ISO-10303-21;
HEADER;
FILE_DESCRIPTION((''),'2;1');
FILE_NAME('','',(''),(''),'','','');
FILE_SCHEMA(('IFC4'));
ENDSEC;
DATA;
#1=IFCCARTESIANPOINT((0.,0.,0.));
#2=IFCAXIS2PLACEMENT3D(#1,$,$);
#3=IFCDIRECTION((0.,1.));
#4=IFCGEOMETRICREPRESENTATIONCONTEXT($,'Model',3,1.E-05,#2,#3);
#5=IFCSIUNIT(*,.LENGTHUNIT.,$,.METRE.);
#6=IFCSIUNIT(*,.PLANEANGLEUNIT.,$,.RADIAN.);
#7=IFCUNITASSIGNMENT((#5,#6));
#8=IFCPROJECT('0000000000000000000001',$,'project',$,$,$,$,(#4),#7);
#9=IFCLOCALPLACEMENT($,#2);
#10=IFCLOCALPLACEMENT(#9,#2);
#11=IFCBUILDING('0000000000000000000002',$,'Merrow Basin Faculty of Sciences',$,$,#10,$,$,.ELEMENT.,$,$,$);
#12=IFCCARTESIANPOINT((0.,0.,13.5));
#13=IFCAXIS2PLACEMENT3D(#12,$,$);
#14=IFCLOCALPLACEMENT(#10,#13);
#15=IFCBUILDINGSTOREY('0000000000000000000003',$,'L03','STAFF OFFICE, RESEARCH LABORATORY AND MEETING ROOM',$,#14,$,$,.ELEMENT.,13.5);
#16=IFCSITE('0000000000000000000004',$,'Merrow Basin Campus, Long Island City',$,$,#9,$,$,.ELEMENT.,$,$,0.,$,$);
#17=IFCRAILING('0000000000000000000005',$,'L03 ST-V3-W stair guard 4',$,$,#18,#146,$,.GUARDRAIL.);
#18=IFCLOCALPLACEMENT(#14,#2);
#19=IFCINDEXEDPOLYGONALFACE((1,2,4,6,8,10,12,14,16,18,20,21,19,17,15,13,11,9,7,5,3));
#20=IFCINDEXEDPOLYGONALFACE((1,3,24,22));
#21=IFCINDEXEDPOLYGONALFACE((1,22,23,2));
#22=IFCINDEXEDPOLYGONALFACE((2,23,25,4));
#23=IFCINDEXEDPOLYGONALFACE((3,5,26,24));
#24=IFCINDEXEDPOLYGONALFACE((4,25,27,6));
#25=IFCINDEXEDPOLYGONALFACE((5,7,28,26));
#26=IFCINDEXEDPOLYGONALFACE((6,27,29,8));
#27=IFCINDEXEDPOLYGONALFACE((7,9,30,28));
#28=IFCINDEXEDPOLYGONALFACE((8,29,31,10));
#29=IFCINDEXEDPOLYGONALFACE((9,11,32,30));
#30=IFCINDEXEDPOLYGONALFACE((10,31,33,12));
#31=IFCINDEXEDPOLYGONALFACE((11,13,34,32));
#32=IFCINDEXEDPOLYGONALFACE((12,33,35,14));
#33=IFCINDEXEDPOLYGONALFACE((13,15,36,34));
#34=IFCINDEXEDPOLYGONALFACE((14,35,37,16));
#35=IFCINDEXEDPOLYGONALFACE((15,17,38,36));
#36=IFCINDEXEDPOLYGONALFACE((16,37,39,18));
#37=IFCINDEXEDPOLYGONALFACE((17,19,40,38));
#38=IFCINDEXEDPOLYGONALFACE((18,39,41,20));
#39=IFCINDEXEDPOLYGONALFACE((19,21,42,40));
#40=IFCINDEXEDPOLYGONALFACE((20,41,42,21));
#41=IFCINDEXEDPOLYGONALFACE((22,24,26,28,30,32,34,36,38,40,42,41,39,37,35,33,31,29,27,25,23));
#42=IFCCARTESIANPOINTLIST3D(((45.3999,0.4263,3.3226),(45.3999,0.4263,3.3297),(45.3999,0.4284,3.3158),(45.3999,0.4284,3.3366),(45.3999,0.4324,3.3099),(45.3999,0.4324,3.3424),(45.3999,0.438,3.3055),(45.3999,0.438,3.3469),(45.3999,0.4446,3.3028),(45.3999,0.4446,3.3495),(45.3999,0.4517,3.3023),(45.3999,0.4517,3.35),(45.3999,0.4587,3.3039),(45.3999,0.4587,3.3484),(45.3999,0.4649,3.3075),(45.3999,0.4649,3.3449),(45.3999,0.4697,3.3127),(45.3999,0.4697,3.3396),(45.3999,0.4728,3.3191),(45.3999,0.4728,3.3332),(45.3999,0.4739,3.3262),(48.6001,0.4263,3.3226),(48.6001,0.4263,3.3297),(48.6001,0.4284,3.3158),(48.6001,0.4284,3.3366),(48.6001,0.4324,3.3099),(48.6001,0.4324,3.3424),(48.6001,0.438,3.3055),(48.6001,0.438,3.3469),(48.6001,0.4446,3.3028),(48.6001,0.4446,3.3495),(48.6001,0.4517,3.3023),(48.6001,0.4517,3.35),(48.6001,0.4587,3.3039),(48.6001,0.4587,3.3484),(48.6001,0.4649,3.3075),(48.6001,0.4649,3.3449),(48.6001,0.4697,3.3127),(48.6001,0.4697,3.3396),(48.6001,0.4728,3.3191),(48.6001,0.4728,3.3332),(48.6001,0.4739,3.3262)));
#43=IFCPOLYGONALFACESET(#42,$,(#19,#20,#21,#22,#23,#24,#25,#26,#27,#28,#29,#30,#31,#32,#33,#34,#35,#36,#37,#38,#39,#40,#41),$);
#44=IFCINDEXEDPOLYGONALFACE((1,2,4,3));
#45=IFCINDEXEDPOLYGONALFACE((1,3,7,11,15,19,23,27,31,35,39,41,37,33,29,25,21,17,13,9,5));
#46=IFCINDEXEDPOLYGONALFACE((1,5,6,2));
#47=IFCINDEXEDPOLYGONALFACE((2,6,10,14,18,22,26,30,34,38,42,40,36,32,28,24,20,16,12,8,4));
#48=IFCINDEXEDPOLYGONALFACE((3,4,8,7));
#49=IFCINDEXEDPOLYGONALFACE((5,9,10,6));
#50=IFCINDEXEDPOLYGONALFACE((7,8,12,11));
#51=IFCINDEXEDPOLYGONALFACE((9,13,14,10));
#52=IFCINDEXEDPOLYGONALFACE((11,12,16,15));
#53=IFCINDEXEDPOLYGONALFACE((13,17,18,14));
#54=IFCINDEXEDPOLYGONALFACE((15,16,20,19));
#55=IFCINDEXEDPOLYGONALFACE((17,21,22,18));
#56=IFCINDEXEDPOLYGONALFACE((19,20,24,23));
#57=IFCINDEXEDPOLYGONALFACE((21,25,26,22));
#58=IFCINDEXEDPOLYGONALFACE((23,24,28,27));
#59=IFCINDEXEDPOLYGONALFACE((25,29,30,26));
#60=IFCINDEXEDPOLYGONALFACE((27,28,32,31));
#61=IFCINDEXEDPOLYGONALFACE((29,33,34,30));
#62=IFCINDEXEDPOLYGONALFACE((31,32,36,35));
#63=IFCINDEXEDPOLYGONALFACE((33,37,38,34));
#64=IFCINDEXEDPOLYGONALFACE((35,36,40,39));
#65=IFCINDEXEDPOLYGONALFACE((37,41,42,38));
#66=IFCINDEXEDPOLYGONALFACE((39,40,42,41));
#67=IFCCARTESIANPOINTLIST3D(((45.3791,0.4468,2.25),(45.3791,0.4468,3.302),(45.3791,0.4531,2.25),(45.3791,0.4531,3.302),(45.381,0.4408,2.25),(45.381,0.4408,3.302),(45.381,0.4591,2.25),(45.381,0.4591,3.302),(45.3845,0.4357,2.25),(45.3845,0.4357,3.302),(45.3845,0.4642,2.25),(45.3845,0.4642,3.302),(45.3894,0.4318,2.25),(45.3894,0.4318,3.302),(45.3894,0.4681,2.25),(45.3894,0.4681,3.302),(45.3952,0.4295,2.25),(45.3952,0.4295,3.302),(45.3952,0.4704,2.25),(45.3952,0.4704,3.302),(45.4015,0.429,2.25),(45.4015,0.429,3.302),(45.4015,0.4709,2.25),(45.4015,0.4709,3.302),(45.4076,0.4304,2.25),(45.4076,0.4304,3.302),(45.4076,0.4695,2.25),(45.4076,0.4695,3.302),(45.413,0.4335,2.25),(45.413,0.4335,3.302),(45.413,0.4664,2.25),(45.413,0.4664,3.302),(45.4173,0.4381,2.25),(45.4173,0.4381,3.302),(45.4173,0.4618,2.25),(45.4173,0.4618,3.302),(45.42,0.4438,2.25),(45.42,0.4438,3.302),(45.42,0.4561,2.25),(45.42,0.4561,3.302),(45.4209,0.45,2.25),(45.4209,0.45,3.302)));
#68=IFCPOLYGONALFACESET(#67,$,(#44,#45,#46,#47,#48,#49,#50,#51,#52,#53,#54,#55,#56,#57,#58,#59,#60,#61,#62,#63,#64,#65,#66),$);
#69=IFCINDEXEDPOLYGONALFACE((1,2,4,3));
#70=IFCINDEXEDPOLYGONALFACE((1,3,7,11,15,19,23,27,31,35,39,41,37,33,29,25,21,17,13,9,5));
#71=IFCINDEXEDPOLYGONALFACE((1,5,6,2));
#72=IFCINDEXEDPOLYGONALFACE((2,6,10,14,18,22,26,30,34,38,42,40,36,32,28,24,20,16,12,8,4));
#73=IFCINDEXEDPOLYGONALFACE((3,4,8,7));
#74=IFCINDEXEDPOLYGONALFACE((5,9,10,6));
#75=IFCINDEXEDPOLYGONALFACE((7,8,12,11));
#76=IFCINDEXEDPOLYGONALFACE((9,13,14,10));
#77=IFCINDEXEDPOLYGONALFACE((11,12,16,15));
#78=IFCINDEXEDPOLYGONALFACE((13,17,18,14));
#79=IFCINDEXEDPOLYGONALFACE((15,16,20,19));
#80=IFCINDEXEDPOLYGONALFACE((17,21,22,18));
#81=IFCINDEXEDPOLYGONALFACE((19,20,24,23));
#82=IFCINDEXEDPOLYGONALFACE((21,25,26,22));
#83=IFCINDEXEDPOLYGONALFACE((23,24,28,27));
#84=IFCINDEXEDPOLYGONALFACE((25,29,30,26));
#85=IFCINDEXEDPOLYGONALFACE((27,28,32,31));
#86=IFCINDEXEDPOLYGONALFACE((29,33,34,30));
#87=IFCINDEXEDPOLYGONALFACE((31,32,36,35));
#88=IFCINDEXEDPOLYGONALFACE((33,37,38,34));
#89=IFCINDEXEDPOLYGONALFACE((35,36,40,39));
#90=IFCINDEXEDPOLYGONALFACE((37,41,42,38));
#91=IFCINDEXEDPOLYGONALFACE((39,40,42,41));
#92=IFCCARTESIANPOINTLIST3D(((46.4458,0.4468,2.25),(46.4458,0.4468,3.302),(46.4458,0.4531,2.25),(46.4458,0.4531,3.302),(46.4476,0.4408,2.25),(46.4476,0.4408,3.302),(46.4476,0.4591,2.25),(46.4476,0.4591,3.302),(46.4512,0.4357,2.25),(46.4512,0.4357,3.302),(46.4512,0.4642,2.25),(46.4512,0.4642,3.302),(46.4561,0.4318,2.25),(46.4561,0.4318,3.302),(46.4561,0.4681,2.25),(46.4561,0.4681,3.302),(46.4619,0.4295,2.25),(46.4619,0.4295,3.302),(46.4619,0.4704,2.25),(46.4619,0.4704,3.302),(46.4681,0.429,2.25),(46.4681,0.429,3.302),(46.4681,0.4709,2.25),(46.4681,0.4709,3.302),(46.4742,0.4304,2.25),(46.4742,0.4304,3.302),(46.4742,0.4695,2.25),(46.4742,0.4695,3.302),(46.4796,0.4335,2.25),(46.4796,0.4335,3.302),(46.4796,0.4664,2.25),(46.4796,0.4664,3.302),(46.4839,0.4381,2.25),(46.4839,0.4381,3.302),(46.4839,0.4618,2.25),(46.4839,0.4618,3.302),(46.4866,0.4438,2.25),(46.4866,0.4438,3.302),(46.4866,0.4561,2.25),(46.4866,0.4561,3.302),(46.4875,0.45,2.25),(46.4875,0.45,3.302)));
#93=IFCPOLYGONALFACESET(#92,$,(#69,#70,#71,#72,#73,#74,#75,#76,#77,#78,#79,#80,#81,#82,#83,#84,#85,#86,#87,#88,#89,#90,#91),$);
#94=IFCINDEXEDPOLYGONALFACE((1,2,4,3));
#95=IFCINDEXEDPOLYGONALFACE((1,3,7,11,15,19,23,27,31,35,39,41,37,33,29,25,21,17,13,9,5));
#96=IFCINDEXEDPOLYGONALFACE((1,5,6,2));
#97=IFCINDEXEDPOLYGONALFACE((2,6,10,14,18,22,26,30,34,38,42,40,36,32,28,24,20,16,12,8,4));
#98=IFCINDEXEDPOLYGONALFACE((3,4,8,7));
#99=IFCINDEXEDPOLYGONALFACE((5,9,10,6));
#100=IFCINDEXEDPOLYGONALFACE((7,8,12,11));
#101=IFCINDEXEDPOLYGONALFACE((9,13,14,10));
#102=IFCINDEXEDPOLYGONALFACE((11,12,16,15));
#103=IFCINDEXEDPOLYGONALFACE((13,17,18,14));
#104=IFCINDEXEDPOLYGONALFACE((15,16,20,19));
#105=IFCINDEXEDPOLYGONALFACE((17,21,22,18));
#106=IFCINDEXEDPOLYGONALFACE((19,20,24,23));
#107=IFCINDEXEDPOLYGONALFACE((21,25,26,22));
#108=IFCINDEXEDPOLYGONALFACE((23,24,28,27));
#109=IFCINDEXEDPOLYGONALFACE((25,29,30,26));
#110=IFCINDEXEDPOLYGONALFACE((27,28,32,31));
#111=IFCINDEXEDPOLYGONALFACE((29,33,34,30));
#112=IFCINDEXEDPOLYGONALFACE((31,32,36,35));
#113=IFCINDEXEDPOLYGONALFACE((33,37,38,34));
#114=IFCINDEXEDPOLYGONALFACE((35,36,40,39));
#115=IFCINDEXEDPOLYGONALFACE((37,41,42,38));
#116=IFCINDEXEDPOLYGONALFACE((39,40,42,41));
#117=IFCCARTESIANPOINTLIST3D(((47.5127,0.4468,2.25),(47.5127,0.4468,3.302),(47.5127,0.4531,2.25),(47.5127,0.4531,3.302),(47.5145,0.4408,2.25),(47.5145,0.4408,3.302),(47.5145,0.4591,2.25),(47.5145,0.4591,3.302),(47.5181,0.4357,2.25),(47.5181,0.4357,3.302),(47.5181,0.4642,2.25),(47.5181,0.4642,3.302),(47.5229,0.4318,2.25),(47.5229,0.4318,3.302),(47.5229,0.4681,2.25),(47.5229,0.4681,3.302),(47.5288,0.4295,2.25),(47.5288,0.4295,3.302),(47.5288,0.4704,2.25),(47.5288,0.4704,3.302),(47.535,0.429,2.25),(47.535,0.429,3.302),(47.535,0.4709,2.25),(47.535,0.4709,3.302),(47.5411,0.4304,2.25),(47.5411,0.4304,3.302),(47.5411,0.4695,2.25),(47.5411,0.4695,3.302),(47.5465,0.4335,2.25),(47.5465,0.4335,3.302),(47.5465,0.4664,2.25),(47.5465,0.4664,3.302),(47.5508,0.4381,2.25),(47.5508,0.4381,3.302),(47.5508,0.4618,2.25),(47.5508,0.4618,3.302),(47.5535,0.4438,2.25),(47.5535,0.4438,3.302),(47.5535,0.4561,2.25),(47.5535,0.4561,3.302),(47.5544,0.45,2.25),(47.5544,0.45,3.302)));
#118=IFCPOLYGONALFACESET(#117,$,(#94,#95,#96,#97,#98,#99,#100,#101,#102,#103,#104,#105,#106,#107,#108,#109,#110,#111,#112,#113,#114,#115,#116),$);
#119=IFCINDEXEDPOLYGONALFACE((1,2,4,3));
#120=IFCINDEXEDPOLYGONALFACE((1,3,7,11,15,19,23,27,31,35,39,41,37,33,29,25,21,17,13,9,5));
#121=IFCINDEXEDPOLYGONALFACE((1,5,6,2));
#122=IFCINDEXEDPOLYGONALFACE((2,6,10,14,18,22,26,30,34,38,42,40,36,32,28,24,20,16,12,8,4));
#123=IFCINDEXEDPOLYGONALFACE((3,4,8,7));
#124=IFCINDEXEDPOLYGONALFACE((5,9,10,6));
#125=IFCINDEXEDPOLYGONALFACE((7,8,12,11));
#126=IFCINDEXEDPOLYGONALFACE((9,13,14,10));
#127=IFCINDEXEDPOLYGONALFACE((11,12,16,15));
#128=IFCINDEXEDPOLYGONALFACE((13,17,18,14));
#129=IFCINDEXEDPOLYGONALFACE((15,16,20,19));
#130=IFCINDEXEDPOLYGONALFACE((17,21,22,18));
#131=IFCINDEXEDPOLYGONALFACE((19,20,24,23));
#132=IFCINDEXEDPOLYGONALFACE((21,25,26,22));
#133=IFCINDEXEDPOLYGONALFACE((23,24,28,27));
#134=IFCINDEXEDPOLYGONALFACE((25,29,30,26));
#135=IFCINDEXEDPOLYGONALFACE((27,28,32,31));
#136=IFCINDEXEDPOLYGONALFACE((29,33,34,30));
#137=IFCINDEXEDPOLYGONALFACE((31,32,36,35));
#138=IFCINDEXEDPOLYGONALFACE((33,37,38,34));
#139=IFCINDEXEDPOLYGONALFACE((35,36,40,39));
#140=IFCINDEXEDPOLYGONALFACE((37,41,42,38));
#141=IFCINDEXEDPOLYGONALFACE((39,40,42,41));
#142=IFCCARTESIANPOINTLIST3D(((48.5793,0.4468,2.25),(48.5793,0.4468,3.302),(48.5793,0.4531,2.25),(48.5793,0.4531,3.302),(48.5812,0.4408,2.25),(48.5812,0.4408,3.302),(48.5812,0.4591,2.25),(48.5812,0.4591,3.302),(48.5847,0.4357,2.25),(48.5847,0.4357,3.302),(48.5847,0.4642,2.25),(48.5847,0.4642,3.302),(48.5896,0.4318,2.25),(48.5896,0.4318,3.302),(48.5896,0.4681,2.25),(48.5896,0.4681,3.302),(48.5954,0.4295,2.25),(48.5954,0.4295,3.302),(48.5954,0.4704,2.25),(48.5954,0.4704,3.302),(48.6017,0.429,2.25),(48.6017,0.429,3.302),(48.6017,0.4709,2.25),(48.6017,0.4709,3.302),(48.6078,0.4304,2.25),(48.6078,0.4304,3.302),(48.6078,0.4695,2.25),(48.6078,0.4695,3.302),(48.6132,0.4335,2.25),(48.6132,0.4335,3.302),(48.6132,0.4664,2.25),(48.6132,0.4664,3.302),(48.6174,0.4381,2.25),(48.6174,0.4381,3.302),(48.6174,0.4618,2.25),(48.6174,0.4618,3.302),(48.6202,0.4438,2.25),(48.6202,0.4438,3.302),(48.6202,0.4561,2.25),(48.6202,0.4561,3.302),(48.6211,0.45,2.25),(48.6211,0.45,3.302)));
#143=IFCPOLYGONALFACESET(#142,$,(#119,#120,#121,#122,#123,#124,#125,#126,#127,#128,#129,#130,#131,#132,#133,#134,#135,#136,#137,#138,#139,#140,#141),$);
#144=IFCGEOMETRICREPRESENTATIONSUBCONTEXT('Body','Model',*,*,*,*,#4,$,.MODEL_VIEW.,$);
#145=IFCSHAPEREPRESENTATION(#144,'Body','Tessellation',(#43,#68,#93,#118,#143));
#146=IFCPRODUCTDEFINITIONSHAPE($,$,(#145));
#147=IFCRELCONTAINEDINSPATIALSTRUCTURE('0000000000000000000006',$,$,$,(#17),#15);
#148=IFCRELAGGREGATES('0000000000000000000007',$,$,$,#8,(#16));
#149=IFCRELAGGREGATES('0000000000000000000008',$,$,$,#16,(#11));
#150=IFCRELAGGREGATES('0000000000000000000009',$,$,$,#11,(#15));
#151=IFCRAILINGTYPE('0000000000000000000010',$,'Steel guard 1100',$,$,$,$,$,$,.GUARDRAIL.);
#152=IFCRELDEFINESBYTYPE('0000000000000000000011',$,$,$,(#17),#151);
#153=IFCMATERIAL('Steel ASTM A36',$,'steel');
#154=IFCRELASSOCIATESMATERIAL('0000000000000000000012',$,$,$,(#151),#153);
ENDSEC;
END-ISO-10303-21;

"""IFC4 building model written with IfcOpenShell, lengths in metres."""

from ifc_helpers import new_model, si_unit, direction, frame, origin, origin_2d, place, context, subcontext, project, spatial, circle, extrude, material, type_object, element, save


model = new_model("IFC4")

# Units and contexts
model_context = context("Model", 3, precision=1e-05, world=origin(), true_north=direction((0.0, 1.0)))
body_context = subcontext(model_context, "Body", "Model", "MODEL_VIEW")
ifc_project = project(units=[si_unit("LENGTHUNIT", "METRE"), si_unit("PLANEANGLEUNIT", "RADIAN")], contexts=[model_context])

# Site, building, storey
site_placement = place(None, origin())
site = spatial("IfcSite", under=ifc_project, at=site_placement, Name="Merrow Basin Campus, Long Island City", CompositionType="ELEMENT", RefElevation=0.0)
building_placement = place(site_placement, origin())
building = spatial("IfcBuilding", under=site, at=building_placement, Name="Merrow Basin Faculty of Sciences", CompositionType="ELEMENT")
storey_placement = place(building_placement, frame((0.0, 0.0, 13.5)))
storey = spatial("IfcBuildingStorey", under=building, at=storey_placement, Name="L03", Description="STAFF OFFICE, RESEARCH LABORATORY AND MEETING ROOM", CompositionType="ELEMENT", Elevation=13.5)

# Railing
ifc_material_1 = material(Name="Steel ASTM A36", Category="steel")
railing_type = type_object("IfcRailingType", Name="Steel guard 1100", PredefinedType="GUARDRAIL", material=ifc_material_1)
railing_1_placement = place(storey_placement, frame((45.3999, 0.45, 2.25)))
element("IfcRailing", 1, at=railing_1_placement, inside=storey, type_object=railing_type, Name="L03 ST-V3-W stair guard 4", PredefinedType="GUARDRAIL", context=body_context, shape_type="SweptSolid", body=[
    extrude(circle(Radius=0.0239, at=origin_2d()), frame((0.0, 0.0, 1.0762), z_axis=(1.0, 0.0, 0.0), x_axis=(0.0, 1.0, 0.0)), (0.0, 0.0, 1.0), 3.2002),
    extrude(circle(Radius=0.021, at=origin_2d()), origin(), (0.0, 0.0, 1.0), 1.052),
    extrude(circle(Radius=0.021, at=origin_2d()), frame((1.0667, 0.0, 0.0)), (0.0, 0.0, 1.0), 1.052),
    extrude(circle(Radius=0.021, at=origin_2d()), frame((2.1335, 0.0, 0.0)), (0.0, 0.0, 1.0), 1.052),
    extrude(circle(Radius=0.021, at=origin_2d()), frame((3.2002, 0.0, 0.0)), (0.0, 0.0, 1.0), 1.052),
])

save(model, "model.ifc")
